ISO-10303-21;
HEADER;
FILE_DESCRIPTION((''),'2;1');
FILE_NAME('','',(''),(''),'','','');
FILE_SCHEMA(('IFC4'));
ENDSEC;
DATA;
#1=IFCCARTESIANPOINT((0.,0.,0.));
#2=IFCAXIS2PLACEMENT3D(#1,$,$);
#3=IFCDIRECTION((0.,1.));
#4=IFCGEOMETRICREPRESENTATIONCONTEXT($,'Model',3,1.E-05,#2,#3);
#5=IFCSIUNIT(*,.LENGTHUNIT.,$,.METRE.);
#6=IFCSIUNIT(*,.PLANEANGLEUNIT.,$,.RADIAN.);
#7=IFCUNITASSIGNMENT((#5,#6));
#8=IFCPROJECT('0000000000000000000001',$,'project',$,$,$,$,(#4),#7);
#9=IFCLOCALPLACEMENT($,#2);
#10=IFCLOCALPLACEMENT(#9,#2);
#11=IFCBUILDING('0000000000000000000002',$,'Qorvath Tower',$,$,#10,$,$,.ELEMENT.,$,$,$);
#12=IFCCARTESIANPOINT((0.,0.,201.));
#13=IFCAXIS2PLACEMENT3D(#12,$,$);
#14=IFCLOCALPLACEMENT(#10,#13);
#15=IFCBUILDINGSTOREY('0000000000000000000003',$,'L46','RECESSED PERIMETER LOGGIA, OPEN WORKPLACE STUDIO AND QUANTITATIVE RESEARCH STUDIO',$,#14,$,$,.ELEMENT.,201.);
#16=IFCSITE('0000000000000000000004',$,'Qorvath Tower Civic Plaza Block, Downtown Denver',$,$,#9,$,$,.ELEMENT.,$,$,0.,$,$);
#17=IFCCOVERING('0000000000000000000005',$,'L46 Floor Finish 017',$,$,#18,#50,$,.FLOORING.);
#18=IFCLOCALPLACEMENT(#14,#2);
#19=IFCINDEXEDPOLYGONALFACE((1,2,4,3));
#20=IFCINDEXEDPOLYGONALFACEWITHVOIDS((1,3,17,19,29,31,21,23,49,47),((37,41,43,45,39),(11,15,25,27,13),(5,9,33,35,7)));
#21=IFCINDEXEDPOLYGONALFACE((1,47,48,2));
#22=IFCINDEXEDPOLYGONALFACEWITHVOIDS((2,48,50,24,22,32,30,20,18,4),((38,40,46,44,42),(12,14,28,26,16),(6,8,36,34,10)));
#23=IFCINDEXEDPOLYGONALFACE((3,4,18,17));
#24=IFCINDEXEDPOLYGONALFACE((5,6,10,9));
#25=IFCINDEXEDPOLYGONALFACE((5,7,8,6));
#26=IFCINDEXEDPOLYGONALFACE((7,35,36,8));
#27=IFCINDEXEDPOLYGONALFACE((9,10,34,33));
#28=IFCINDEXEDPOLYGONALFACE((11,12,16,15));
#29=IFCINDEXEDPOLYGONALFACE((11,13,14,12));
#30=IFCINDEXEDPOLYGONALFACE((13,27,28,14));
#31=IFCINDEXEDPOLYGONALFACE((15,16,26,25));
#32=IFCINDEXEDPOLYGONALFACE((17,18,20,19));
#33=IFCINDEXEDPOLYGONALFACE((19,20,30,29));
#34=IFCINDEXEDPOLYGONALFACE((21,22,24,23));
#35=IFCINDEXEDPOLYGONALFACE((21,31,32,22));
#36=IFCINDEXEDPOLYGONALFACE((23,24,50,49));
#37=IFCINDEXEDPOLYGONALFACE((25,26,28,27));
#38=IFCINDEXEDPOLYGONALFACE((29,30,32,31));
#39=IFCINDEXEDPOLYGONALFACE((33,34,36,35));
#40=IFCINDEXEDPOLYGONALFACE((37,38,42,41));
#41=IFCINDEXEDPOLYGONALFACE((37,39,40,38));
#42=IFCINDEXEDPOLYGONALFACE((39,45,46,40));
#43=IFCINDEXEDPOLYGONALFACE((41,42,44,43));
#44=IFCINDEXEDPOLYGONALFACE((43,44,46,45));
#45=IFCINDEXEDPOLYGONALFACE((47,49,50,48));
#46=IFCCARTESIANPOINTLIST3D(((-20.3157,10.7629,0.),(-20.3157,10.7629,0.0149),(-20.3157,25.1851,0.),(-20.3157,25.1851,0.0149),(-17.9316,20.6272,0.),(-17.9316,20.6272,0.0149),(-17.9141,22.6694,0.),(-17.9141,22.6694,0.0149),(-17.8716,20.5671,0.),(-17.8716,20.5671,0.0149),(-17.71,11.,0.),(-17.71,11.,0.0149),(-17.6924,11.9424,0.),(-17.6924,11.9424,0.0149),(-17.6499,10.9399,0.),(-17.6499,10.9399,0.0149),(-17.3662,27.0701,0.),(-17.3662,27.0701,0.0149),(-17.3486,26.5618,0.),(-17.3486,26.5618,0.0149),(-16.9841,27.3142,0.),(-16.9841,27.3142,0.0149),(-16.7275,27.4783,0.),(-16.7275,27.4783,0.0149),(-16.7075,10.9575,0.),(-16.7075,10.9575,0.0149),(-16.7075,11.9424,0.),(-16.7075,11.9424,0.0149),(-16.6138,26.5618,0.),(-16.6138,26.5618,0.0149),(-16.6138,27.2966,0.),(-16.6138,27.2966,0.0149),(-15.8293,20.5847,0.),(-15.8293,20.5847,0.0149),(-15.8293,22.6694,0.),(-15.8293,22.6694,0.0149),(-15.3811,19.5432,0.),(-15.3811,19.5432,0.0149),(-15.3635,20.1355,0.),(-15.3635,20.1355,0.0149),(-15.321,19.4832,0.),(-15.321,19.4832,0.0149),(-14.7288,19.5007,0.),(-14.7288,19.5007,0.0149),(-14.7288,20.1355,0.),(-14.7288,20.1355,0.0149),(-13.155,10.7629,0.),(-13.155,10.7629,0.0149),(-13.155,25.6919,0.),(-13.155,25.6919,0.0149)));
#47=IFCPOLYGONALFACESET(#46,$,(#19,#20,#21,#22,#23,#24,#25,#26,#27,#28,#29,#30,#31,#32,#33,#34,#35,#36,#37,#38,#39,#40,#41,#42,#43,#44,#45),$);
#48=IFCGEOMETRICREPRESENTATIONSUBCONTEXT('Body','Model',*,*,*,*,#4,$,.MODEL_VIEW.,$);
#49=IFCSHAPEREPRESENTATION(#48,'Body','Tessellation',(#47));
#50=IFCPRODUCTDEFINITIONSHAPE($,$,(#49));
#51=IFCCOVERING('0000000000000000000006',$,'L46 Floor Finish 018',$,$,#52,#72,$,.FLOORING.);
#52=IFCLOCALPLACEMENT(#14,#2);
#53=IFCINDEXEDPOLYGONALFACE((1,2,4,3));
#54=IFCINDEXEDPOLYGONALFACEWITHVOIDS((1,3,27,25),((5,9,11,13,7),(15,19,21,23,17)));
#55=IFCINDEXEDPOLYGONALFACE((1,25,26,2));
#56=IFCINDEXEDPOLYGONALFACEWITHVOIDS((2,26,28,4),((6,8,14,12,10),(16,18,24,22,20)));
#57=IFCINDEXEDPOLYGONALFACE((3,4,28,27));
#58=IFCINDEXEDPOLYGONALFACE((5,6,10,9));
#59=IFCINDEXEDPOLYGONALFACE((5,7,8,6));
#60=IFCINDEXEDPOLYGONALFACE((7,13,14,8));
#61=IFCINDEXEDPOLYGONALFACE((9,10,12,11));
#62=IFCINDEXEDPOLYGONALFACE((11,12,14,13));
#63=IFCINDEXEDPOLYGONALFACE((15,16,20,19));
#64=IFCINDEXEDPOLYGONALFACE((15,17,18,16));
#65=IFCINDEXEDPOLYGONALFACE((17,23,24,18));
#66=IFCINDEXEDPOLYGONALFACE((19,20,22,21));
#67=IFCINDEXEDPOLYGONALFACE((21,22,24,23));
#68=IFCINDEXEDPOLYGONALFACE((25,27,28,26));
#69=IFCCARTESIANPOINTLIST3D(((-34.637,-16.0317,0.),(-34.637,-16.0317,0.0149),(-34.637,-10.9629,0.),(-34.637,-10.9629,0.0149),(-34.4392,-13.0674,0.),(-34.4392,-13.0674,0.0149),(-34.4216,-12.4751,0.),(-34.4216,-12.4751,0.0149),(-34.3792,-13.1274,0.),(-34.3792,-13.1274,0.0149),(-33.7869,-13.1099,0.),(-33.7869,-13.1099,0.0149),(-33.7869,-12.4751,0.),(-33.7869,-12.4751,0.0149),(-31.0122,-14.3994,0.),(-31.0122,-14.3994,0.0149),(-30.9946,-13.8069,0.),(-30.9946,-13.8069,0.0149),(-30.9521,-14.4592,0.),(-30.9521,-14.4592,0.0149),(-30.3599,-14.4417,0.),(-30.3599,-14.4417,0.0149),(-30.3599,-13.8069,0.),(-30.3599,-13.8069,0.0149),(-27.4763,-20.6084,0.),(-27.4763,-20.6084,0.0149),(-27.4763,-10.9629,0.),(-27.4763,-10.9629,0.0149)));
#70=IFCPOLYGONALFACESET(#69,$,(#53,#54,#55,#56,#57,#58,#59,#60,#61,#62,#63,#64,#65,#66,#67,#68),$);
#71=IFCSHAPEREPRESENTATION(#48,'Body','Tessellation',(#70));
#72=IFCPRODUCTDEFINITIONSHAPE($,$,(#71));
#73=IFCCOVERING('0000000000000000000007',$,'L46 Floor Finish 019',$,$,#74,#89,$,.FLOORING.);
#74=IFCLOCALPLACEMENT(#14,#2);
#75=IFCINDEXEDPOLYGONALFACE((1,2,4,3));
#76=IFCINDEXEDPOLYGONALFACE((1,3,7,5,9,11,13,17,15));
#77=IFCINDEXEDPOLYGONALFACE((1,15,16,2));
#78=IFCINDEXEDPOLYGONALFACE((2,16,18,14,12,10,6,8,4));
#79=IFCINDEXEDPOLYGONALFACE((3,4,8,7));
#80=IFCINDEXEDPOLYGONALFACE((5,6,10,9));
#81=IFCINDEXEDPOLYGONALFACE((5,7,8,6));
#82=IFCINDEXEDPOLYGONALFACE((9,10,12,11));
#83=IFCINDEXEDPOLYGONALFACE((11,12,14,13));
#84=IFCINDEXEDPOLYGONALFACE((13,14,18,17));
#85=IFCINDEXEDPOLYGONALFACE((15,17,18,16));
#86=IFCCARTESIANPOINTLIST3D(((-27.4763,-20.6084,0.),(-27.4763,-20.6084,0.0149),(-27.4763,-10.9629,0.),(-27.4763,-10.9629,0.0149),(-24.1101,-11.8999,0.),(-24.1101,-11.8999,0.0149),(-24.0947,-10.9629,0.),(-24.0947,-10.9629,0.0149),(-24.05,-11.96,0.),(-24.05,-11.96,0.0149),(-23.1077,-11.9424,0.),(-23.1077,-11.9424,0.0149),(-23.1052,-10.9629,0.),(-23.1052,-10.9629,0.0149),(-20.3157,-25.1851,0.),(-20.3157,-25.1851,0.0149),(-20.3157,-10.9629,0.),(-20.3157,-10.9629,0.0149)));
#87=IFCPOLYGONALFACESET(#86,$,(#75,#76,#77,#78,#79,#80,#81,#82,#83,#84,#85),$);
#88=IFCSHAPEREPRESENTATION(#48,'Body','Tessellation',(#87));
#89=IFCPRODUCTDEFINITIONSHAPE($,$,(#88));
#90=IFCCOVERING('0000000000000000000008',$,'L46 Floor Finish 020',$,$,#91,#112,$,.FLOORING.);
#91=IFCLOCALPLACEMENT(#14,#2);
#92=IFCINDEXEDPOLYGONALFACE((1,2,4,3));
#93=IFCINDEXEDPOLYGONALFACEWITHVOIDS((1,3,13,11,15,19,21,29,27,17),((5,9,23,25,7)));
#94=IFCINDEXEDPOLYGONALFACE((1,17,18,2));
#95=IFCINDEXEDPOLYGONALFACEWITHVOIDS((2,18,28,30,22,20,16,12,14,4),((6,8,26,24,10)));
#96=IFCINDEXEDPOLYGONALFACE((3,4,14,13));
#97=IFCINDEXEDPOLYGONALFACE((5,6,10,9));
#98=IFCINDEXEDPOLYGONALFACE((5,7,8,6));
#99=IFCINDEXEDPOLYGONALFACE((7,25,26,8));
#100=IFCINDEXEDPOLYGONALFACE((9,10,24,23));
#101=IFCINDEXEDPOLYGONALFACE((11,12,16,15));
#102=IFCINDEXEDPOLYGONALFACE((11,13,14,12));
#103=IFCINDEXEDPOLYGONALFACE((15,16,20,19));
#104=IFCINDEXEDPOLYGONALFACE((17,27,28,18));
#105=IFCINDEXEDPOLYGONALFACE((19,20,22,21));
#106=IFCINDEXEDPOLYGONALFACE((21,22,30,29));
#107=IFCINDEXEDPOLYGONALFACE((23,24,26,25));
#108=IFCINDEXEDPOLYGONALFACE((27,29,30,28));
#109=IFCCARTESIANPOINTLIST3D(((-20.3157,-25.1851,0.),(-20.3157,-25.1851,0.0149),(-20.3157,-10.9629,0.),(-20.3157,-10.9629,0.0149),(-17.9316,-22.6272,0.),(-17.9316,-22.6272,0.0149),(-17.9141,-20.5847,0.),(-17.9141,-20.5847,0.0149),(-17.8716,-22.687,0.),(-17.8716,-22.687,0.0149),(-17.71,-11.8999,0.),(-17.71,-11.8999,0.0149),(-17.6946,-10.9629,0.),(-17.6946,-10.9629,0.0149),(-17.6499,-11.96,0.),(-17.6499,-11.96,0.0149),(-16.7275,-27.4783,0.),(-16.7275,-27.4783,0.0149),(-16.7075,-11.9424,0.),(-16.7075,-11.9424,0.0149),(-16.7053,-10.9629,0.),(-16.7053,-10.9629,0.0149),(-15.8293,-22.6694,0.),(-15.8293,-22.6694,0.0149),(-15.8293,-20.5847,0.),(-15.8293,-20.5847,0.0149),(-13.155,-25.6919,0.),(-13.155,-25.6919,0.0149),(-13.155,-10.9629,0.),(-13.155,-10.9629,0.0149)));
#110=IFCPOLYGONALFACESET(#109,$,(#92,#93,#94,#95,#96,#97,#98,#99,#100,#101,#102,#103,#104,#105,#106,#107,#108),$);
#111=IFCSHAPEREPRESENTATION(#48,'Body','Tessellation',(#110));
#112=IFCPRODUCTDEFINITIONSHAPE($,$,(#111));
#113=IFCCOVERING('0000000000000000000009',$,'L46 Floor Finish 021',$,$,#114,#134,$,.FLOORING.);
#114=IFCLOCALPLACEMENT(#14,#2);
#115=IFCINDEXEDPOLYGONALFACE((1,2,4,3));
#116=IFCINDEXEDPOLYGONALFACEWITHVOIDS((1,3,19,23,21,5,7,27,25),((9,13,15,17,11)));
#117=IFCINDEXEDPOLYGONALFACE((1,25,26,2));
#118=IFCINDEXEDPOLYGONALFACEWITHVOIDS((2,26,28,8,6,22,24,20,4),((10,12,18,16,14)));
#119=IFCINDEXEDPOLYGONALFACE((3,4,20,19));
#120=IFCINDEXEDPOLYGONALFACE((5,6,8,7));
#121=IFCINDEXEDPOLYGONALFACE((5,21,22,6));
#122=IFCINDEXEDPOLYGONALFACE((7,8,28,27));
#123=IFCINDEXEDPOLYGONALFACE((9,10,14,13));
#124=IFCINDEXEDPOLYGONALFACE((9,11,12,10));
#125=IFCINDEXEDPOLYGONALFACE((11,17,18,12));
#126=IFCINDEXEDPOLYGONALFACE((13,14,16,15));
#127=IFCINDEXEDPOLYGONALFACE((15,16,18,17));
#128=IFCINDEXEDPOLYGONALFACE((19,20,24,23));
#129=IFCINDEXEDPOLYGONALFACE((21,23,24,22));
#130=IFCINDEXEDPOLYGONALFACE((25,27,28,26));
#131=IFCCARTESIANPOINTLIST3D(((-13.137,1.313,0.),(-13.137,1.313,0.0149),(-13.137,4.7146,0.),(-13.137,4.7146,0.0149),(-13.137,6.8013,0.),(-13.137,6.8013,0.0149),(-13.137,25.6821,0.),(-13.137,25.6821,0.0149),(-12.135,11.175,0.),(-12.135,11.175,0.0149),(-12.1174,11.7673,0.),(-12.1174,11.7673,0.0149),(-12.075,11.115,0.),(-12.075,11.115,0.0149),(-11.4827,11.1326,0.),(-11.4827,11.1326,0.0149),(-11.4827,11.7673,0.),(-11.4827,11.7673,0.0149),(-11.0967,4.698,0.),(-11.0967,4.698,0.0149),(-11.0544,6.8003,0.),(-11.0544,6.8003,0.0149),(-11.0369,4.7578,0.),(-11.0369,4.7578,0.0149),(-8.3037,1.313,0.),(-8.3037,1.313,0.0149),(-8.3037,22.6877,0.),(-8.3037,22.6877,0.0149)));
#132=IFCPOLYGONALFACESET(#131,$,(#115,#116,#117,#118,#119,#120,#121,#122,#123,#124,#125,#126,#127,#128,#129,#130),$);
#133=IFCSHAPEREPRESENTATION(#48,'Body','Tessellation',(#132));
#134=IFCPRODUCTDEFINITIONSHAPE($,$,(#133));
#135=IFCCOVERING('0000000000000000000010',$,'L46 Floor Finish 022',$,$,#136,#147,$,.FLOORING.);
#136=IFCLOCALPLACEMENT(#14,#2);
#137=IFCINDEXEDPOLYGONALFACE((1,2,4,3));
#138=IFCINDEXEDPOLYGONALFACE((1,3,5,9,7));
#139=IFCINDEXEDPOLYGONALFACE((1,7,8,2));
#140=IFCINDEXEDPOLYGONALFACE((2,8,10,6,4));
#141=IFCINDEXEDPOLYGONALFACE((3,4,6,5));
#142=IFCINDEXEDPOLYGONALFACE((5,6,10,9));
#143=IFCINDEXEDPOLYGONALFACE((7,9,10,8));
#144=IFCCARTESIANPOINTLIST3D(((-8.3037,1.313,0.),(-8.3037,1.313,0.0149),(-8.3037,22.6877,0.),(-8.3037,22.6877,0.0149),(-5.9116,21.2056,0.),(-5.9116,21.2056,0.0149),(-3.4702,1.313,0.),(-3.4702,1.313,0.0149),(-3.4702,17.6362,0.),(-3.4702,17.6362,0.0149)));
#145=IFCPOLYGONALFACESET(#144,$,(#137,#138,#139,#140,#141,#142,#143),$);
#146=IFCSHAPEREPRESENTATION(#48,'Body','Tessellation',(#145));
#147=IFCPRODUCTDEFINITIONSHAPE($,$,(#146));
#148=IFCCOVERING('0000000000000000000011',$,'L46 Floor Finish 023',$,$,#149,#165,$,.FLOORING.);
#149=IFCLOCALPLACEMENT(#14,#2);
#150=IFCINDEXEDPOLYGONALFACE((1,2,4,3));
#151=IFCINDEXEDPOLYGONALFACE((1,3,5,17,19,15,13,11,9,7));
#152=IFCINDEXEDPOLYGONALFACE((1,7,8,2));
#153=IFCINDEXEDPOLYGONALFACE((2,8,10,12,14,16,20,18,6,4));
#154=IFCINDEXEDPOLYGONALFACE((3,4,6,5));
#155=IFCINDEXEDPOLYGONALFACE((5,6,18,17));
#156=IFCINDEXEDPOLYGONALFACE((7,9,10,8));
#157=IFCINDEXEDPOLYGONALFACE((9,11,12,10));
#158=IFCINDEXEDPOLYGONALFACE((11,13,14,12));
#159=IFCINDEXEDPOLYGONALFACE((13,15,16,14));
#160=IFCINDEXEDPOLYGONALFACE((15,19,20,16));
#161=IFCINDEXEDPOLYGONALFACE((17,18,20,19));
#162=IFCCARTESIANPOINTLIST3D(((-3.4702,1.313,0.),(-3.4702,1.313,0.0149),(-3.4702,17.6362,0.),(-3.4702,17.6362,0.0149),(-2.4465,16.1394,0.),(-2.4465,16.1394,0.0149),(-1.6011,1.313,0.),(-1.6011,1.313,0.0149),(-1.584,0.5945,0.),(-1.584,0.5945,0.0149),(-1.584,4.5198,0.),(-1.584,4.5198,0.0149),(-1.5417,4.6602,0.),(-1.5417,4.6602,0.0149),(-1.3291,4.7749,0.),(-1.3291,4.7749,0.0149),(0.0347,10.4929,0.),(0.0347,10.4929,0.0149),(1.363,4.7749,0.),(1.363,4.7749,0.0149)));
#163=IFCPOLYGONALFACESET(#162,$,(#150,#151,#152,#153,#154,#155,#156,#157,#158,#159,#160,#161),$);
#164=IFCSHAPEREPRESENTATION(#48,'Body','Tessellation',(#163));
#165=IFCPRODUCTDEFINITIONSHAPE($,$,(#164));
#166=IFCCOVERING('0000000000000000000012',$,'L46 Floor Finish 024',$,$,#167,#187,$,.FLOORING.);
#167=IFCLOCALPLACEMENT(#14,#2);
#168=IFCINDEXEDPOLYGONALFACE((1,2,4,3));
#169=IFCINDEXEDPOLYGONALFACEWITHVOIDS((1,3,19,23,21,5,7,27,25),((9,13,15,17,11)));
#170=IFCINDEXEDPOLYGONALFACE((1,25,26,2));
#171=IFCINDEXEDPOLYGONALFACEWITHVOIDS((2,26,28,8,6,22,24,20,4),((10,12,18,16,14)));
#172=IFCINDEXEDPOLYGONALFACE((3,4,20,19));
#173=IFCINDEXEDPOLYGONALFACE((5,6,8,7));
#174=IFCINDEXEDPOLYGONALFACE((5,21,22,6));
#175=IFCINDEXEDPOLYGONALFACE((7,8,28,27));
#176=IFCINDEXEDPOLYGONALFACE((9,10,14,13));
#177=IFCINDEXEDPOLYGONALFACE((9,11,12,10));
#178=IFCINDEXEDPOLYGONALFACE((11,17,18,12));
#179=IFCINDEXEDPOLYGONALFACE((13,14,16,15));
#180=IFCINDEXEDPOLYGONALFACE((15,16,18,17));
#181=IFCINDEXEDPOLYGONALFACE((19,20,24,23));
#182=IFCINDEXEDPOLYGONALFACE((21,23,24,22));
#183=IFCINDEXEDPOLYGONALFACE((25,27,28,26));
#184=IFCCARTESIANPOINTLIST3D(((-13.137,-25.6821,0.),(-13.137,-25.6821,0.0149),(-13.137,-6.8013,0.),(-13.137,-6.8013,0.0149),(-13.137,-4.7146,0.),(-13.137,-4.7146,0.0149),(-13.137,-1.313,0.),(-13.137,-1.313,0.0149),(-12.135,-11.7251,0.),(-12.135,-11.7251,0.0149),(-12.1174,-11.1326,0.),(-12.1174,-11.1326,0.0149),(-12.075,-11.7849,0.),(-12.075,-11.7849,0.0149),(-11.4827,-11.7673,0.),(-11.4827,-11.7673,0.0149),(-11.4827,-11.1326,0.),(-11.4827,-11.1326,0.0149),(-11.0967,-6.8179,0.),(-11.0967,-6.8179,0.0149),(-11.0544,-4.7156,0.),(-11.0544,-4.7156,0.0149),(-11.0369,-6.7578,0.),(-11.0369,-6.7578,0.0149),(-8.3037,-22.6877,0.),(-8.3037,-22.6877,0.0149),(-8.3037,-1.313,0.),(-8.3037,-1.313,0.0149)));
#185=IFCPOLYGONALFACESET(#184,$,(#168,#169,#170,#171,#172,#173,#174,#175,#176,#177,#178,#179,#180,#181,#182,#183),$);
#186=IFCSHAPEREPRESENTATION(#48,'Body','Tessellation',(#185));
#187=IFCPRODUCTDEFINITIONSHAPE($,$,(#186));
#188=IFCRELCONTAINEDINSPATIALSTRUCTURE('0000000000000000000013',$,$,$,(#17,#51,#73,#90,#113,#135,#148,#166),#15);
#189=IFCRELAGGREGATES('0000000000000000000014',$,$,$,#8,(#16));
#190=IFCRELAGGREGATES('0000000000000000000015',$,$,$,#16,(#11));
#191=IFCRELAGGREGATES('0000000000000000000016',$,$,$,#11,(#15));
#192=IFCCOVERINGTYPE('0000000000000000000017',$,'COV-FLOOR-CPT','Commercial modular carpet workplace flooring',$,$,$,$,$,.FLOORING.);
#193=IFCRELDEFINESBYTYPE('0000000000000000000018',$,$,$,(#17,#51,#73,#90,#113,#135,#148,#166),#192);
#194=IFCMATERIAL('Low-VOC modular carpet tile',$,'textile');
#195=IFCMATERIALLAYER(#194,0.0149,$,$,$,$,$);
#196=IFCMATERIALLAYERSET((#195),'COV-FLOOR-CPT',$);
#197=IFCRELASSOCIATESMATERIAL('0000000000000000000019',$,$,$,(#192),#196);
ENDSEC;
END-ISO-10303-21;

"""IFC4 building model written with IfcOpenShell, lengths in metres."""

from ifc_helpers import new_model, si_unit, direction, frame, origin, place, context, subcontext, project, spatial, polyline, outline, extrude, material, layer, layer_set, type_object, element, save


model = new_model("IFC4")

# Units and contexts
model_context = context("Model", 3, precision=1e-05, world=origin(), true_north=direction((0.0, 1.0)))
body_context = subcontext(model_context, "Body", "Model", "MODEL_VIEW")
ifc_project = project(units=[si_unit("LENGTHUNIT", "METRE"), si_unit("PLANEANGLEUNIT", "RADIAN")], contexts=[model_context])

# Site, building, storey
site_placement = place(None, origin())
site = spatial("IfcSite", under=ifc_project, at=site_placement, Name="Qorvath Tower Civic Plaza Block, Downtown Denver", CompositionType="ELEMENT", RefElevation=0.0)
building_placement = place(site_placement, origin())
building = spatial("IfcBuilding", under=site, at=building_placement, Name="Qorvath Tower", CompositionType="ELEMENT")
storey_placement = place(building_placement, frame((0.0, 0.0, 201.0)))
storey = spatial("IfcBuildingStorey", under=building, at=storey_placement, Name="L46", Description="RECESSED PERIMETER LOGGIA, OPEN WORKPLACE STUDIO AND QUANTITATIVE RESEARCH STUDIO", CompositionType="ELEMENT", Elevation=201.0)

# Coverings
ifc_material_1 = material(Name="Low-VOC modular carpet tile", Category="textile")
ifc_layer_1 = layer(ifc_material_1, 0.0149)
ifc_layer_set_1 = layer_set([ifc_layer_1], Name="COV-FLOOR-CPT")
covering_type_1 = type_object("IfcCoveringType", Name="COV-FLOOR-CPT", Description="Commercial modular carpet workplace flooring", PredefinedType="FLOORING", material=ifc_layer_set_1)
covering_1_placement = place(storey_placement, origin())
element("IfcCovering", 1, at=covering_1_placement, inside=storey, type_object=covering_type_1, Name="L46 Floor Finish 017", PredefinedType="FLOORING", context=body_context, shape_type="SweptSolid", body=[
    extrude(outline(polyline([(-13.155, 25.6919), (-16.7275, 27.4783), (-16.9841, 27.3142), (-16.6138, 27.2966), (-16.6138, 26.5618), (-17.3486, 26.5618), (-17.3662, 27.0701), (-20.3157, 25.1851), (-20.3157, 10.7629), (-13.155, 10.7629), (-13.155, 25.6919)]), holes=[polyline([(-15.3811, 19.5432), (-15.3635, 20.1355), (-14.7288, 20.1355), (-14.7288, 19.5007), (-15.321, 19.4832), (-15.3811, 19.5432)]), polyline([(-17.9316, 20.6272), (-17.9141, 22.6694), (-15.8293, 22.6694), (-15.8293, 20.5847), (-17.8716, 20.5671), (-17.9316, 20.6272)]), polyline([(-17.71, 11.0), (-17.6924, 11.9424), (-16.7075, 11.9424), (-16.7075, 10.9575), (-17.6499, 10.9399), (-17.71, 11.0)])]), origin(), (0.0, 0.0, 1.0), 0.0149),
])
covering_2_placement = place(storey_placement, origin())
element("IfcCovering", 2, at=covering_2_placement, inside=storey, type_object=covering_type_1, Name="L46 Floor Finish 018", PredefinedType="FLOORING", context=body_context, shape_type="SweptSolid", body=[
    extrude(outline(polyline([(-27.4763, -20.6084), (-27.4763, -10.9629), (-34.637, -10.9629), (-34.637, -16.0317), (-27.4763, -20.6084)]), holes=[polyline([(-31.0122, -14.3994), (-30.9946, -13.8069), (-30.3599, -13.8069), (-30.3599, -14.4417), (-30.9521, -14.4592), (-31.0122, -14.3994)]), polyline([(-34.4392, -13.0674), (-34.4216, -12.4751), (-33.7869, -12.4751), (-33.7869, -13.1099), (-34.3792, -13.1274), (-34.4392, -13.0674)])]), origin(), (0.0, 0.0, 1.0), 0.0149),
])
covering_3_placement = place(storey_placement, origin())
element("IfcCovering", 3, at=covering_3_placement, inside=storey, type_object=covering_type_1, Name="L46 Floor Finish 019", PredefinedType="FLOORING", context=body_context, shape_type="SweptSolid", body=[
    extrude(outline(polyline([(-24.0947, -10.9629), (-27.4763, -10.9629), (-27.4763, -20.6084), (-20.3157, -25.1851), (-20.3157, -10.9629), (-23.1052, -10.9629), (-23.1077, -11.9424), (-24.05, -11.96), (-24.1101, -11.8999), (-24.0947, -10.9629)])), origin(), (0.0, 0.0, 1.0), 0.0149),
])
covering_4_placement = place(storey_placement, origin())
element("IfcCovering", 4, at=covering_4_placement, inside=storey, type_object=covering_type_1, Name="L46 Floor Finish 020", PredefinedType="FLOORING", context=body_context, shape_type="SweptSolid", body=[
    extrude(outline(polyline([(-20.3157, -10.9629), (-20.3157, -25.1851), (-16.7275, -27.4783), (-13.155, -25.6919), (-13.155, -10.9629), (-16.7053, -10.9629), (-16.7075, -11.9424), (-17.6499, -11.96), (-17.71, -11.8999), (-17.6946, -10.9629), (-20.3157, -10.9629)]), holes=[polyline([(-17.9316, -22.6272), (-17.9141, -20.5847), (-15.8293, -20.5847), (-15.8293, -22.6694), (-17.8716, -22.687), (-17.9316, -22.6272)])]), origin(), (0.0, 0.0, 1.0), 0.0149),
])
covering_5_placement = place(storey_placement, origin())
element("IfcCovering", 5, at=covering_5_placement, inside=storey, type_object=covering_type_1, Name="L46 Floor Finish 021", PredefinedType="FLOORING", context=body_context, shape_type="SweptSolid", body=[
    extrude(outline(polyline([(-8.3037, 1.313), (-8.3037, 22.6877), (-13.137, 25.6821), (-13.137, 6.8013), (-11.0544, 6.8003), (-11.0369, 4.7578), (-11.0967, 4.698), (-13.137, 4.7146), (-13.137, 1.313), (-8.3037, 1.313)]), holes=[polyline([(-12.135, 11.175), (-12.1174, 11.7673), (-11.4827, 11.7673), (-11.4827, 11.1326), (-12.075, 11.115), (-12.135, 11.175)])]), origin(), (0.0, 0.0, 1.0), 0.0149),
])
covering_6_placement = place(storey_placement, origin())
element("IfcCovering", 6, at=covering_6_placement, inside=storey, type_object=covering_type_1, Name="L46 Floor Finish 022", PredefinedType="FLOORING", context=body_context, shape_type="SweptSolid", body=[
    extrude(outline(polyline([(-3.4702, 1.313), (-3.4702, 17.6362), (-5.9116, 21.2056), (-8.3037, 22.6877), (-8.3037, 1.313), (-3.4702, 1.313)])), origin(), (0.0, 0.0, 1.0), 0.0149),
])
covering_7_placement = place(storey_placement, origin())
element("IfcCovering", 7, at=covering_7_placement, inside=storey, type_object=covering_type_1, Name="L46 Floor Finish 023", PredefinedType="FLOORING", context=body_context, shape_type="SweptSolid", body=[
    extrude(outline(polyline([(1.363, 4.7749), (0.0347, 10.4929), (-2.4465, 16.1394), (-3.4702, 17.6362), (-3.4702, 1.313), (-1.6011, 1.313), (-1.584, 0.5945), (-1.584, 4.5198), (-1.5417, 4.6602), (-1.3291, 4.7749), (1.363, 4.7749)])), origin(), (0.0, 0.0, 1.0), 0.0149),
])
covering_8_placement = place(storey_placement, origin())
element("IfcCovering", 8, at=covering_8_placement, inside=storey, type_object=covering_type_1, Name="L46 Floor Finish 024", PredefinedType="FLOORING", context=body_context, shape_type="SweptSolid", body=[
    extrude(outline(polyline([(-8.3037, -22.6877), (-8.3037, -1.313), (-13.137, -1.313), (-13.137, -4.7146), (-11.0544, -4.7156), (-11.0369, -6.7578), (-11.0967, -6.8179), (-13.137, -6.8013), (-13.137, -25.6821), (-8.3037, -22.6877)]), holes=[polyline([(-12.135, -11.7251), (-12.1174, -11.1326), (-11.4827, -11.1326), (-11.4827, -11.7673), (-12.075, -11.7849), (-12.135, -11.7251)])]), origin(), (0.0, 0.0, 1.0), 0.0149),
])

save(model, "model.ifc")
